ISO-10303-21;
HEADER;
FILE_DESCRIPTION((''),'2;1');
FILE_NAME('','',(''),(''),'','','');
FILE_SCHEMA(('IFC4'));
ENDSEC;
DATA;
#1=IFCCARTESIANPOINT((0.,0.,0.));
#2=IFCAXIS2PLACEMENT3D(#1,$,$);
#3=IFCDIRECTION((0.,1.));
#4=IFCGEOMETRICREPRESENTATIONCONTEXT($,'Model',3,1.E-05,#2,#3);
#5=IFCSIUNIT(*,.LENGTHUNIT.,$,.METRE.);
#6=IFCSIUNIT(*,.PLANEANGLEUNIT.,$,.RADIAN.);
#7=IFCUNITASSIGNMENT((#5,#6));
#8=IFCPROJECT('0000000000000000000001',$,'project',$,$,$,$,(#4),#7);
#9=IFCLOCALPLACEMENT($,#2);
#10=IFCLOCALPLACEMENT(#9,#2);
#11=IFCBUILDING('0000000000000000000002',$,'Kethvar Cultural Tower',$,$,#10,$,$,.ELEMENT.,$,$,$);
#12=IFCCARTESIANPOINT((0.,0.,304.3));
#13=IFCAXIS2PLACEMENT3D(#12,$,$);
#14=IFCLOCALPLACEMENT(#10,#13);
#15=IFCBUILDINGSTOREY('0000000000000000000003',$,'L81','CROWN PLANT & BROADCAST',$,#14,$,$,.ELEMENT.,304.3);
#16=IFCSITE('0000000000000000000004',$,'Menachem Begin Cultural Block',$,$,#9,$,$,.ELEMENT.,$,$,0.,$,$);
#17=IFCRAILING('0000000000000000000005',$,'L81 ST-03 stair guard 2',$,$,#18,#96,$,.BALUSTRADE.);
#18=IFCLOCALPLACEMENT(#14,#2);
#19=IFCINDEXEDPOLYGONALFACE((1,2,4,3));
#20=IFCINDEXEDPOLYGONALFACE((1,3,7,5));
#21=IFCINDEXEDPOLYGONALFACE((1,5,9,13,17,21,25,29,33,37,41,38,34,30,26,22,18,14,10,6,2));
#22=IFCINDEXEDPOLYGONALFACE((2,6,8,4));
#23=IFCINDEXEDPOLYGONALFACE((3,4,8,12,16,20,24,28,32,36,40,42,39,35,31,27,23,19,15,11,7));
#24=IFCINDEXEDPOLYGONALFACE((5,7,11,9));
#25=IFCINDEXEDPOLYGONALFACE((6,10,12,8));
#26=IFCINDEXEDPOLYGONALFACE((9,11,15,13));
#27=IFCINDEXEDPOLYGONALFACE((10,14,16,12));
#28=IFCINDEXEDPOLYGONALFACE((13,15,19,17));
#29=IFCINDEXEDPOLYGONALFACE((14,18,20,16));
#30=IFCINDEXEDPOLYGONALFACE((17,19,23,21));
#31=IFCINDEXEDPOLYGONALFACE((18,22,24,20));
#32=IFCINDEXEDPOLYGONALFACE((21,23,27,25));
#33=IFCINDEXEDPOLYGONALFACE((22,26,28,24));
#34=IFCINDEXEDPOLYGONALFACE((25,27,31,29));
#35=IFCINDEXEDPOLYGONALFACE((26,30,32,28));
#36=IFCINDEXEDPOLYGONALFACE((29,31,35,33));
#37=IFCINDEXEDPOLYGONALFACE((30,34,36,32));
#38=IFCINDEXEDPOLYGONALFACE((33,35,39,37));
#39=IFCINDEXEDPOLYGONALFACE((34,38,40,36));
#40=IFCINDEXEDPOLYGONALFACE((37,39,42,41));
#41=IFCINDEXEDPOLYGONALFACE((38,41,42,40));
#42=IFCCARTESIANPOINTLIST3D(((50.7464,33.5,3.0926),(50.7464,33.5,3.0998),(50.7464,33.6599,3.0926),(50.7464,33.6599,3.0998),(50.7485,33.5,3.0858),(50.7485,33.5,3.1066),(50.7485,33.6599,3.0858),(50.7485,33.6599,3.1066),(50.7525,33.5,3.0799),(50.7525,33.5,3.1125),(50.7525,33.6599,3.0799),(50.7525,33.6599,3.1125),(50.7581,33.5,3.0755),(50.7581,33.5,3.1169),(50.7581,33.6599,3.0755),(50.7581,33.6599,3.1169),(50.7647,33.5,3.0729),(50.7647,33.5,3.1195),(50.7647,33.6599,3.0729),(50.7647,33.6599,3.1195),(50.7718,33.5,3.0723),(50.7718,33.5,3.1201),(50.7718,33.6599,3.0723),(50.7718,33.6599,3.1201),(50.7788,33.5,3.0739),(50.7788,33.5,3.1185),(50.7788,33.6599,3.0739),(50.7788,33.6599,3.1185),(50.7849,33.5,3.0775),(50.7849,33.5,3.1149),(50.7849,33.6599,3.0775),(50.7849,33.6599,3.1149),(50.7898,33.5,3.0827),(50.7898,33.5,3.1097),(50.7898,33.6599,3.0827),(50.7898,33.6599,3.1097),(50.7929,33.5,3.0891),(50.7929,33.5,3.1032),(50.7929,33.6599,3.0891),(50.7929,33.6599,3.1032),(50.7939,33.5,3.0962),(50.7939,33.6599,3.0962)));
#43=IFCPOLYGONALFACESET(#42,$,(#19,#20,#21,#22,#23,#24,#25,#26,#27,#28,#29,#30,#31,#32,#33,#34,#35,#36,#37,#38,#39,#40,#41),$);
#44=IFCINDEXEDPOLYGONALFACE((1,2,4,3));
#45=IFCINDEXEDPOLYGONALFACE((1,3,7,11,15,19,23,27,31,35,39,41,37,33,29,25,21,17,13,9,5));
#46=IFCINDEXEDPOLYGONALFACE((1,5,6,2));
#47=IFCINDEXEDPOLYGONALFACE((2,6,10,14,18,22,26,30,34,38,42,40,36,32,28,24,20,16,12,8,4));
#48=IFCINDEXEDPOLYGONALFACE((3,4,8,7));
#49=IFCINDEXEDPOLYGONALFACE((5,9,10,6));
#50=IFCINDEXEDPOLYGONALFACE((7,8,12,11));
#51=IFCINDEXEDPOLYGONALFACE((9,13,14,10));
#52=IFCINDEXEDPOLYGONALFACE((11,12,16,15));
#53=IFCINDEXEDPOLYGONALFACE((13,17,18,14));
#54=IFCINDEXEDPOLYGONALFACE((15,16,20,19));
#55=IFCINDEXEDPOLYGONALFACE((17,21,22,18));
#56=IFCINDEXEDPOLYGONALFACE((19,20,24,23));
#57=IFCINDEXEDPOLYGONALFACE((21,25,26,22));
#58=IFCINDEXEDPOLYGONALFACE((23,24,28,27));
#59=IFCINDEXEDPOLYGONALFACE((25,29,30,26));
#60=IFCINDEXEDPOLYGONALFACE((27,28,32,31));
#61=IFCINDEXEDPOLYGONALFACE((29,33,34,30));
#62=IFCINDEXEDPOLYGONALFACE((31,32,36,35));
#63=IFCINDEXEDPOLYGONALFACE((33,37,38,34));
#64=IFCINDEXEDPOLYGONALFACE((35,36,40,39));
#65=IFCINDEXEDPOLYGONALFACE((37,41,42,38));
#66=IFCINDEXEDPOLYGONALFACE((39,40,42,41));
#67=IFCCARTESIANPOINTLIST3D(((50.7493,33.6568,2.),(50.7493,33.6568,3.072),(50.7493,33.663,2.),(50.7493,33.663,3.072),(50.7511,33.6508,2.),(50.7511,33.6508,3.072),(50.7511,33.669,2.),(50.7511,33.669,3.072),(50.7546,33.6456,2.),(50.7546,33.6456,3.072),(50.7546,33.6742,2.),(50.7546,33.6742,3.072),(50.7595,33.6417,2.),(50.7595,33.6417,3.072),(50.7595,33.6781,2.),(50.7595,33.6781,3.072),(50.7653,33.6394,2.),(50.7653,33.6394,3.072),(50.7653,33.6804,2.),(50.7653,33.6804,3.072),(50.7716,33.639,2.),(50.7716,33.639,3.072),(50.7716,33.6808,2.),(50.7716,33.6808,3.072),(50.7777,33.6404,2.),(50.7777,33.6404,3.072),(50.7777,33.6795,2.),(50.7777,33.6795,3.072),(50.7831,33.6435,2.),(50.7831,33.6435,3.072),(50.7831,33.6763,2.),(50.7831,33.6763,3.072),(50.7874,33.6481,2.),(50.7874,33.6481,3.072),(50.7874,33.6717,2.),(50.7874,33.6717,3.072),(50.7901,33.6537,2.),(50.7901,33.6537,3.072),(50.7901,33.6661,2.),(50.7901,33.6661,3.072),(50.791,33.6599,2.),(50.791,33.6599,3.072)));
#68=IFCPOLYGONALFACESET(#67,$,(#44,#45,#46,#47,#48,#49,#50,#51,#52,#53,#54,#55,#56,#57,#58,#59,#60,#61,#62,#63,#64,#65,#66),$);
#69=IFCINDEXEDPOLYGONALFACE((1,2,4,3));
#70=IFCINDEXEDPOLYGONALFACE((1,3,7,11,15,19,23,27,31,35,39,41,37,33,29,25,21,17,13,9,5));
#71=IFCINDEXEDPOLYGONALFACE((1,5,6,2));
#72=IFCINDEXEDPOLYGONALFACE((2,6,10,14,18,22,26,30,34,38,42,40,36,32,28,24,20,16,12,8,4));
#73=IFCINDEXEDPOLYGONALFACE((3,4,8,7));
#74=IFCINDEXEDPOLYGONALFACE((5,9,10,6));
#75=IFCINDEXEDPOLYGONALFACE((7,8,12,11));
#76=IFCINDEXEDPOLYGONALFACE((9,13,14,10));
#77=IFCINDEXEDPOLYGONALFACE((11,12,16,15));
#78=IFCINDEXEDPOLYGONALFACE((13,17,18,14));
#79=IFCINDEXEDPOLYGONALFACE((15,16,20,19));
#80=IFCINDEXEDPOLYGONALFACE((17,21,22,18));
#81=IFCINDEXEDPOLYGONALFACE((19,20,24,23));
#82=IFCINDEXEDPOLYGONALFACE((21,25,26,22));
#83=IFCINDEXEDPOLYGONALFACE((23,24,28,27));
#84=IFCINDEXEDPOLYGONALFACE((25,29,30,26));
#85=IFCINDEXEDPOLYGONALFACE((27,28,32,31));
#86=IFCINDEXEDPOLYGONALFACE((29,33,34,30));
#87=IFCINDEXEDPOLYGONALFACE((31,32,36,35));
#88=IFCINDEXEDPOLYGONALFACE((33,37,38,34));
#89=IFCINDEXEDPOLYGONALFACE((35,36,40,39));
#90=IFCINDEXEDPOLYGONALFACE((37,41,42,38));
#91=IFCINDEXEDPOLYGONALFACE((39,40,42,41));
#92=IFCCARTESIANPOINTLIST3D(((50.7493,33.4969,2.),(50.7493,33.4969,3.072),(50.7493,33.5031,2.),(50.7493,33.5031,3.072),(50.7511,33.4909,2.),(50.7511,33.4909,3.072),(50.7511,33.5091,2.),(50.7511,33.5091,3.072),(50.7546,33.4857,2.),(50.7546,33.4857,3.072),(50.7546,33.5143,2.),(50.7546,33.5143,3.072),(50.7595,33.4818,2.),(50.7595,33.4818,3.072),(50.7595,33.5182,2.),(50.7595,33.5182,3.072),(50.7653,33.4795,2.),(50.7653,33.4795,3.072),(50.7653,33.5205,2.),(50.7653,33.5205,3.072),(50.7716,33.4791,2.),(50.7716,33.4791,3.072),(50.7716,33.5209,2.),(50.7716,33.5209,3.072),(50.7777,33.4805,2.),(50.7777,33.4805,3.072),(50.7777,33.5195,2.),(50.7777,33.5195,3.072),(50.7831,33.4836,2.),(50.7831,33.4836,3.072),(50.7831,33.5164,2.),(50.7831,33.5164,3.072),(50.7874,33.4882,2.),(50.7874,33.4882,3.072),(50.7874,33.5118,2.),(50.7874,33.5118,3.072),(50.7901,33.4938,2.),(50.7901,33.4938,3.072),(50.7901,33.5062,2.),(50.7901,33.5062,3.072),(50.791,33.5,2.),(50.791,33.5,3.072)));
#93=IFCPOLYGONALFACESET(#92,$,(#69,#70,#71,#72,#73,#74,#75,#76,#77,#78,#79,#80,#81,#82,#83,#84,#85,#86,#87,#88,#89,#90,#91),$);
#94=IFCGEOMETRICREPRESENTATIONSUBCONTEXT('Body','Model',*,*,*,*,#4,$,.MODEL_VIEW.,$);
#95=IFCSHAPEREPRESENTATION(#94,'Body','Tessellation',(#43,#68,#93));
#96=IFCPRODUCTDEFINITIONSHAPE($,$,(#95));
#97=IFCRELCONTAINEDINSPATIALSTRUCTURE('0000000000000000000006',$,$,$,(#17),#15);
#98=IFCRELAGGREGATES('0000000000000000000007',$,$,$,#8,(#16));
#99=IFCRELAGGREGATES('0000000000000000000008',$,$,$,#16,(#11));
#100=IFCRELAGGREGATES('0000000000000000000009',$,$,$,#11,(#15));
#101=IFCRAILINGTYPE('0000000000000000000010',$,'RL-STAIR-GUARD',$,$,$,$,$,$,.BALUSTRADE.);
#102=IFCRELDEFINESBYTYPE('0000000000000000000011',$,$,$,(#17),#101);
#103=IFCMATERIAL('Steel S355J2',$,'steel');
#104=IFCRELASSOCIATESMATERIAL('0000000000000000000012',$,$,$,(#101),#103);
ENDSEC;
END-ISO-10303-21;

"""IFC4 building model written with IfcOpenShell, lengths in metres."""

from ifc_helpers import new_model, si_unit, direction, frame, origin, origin_2d, place, context, subcontext, project, spatial, circle, extrude, material, type_object, element, save


model = new_model("IFC4")

# Units and contexts
model_context = context("Model", 3, precision=1e-05, world=origin(), true_north=direction((0.0, 1.0)))
body_context = subcontext(model_context, "Body", "Model", "MODEL_VIEW")
ifc_project = project(units=[si_unit("LENGTHUNIT", "METRE"), si_unit("PLANEANGLEUNIT", "RADIAN")], contexts=[model_context])

# Site, building, storey
site_placement = place(None, origin())
site = spatial("IfcSite", under=ifc_project, at=site_placement, Name="Menachem Begin Cultural Block", CompositionType="ELEMENT", RefElevation=0.0)
building_placement = place(site_placement, origin())
building = spatial("IfcBuilding", under=site, at=building_placement, Name="Kethvar Cultural Tower", CompositionType="ELEMENT")
storey_placement = place(building_placement, frame((0.0, 0.0, 304.3)))
storey = spatial("IfcBuildingStorey", under=building, at=storey_placement, Name="L81", Description="CROWN PLANT & BROADCAST", CompositionType="ELEMENT", Elevation=304.3)

# Shared definitions
ifc_material_1 = material(Name="Steel S355J2", Category="steel")

# Railing
railing_type_1 = type_object("IfcRailingType", Name="RL-STAIR-GUARD", PredefinedType="BALUSTRADE", material=ifc_material_1)
railing_1_placement = place(storey_placement, frame((50.77, 33.6599, 2.0)))
element("IfcRailing", 1, at=railing_1_placement, inside=storey, type_object=railing_type_1, Name="L81 ST-03 stair guard 2", PredefinedType="BALUSTRADE", context=body_context, shape_type="SweptSolid", body=[
    extrude(circle(Radius=0.0239, at=origin_2d()), frame((0.0, 0.0, 1.0962), z_axis=(0.0, -1.0, 0.0), x_axis=(1.0, 0.0, 0.0)), (0.0, 0.0, 1.0), 0.1599),
    extrude(circle(Radius=0.021, at=origin_2d()), origin(), (0.0, 0.0, 1.0), 1.072),
    extrude(circle(Radius=0.021, at=origin_2d()), frame((0.0, -0.1599, 0.0)), (0.0, 0.0, 1.0), 1.072),
])

save(model, "model.ifc")
